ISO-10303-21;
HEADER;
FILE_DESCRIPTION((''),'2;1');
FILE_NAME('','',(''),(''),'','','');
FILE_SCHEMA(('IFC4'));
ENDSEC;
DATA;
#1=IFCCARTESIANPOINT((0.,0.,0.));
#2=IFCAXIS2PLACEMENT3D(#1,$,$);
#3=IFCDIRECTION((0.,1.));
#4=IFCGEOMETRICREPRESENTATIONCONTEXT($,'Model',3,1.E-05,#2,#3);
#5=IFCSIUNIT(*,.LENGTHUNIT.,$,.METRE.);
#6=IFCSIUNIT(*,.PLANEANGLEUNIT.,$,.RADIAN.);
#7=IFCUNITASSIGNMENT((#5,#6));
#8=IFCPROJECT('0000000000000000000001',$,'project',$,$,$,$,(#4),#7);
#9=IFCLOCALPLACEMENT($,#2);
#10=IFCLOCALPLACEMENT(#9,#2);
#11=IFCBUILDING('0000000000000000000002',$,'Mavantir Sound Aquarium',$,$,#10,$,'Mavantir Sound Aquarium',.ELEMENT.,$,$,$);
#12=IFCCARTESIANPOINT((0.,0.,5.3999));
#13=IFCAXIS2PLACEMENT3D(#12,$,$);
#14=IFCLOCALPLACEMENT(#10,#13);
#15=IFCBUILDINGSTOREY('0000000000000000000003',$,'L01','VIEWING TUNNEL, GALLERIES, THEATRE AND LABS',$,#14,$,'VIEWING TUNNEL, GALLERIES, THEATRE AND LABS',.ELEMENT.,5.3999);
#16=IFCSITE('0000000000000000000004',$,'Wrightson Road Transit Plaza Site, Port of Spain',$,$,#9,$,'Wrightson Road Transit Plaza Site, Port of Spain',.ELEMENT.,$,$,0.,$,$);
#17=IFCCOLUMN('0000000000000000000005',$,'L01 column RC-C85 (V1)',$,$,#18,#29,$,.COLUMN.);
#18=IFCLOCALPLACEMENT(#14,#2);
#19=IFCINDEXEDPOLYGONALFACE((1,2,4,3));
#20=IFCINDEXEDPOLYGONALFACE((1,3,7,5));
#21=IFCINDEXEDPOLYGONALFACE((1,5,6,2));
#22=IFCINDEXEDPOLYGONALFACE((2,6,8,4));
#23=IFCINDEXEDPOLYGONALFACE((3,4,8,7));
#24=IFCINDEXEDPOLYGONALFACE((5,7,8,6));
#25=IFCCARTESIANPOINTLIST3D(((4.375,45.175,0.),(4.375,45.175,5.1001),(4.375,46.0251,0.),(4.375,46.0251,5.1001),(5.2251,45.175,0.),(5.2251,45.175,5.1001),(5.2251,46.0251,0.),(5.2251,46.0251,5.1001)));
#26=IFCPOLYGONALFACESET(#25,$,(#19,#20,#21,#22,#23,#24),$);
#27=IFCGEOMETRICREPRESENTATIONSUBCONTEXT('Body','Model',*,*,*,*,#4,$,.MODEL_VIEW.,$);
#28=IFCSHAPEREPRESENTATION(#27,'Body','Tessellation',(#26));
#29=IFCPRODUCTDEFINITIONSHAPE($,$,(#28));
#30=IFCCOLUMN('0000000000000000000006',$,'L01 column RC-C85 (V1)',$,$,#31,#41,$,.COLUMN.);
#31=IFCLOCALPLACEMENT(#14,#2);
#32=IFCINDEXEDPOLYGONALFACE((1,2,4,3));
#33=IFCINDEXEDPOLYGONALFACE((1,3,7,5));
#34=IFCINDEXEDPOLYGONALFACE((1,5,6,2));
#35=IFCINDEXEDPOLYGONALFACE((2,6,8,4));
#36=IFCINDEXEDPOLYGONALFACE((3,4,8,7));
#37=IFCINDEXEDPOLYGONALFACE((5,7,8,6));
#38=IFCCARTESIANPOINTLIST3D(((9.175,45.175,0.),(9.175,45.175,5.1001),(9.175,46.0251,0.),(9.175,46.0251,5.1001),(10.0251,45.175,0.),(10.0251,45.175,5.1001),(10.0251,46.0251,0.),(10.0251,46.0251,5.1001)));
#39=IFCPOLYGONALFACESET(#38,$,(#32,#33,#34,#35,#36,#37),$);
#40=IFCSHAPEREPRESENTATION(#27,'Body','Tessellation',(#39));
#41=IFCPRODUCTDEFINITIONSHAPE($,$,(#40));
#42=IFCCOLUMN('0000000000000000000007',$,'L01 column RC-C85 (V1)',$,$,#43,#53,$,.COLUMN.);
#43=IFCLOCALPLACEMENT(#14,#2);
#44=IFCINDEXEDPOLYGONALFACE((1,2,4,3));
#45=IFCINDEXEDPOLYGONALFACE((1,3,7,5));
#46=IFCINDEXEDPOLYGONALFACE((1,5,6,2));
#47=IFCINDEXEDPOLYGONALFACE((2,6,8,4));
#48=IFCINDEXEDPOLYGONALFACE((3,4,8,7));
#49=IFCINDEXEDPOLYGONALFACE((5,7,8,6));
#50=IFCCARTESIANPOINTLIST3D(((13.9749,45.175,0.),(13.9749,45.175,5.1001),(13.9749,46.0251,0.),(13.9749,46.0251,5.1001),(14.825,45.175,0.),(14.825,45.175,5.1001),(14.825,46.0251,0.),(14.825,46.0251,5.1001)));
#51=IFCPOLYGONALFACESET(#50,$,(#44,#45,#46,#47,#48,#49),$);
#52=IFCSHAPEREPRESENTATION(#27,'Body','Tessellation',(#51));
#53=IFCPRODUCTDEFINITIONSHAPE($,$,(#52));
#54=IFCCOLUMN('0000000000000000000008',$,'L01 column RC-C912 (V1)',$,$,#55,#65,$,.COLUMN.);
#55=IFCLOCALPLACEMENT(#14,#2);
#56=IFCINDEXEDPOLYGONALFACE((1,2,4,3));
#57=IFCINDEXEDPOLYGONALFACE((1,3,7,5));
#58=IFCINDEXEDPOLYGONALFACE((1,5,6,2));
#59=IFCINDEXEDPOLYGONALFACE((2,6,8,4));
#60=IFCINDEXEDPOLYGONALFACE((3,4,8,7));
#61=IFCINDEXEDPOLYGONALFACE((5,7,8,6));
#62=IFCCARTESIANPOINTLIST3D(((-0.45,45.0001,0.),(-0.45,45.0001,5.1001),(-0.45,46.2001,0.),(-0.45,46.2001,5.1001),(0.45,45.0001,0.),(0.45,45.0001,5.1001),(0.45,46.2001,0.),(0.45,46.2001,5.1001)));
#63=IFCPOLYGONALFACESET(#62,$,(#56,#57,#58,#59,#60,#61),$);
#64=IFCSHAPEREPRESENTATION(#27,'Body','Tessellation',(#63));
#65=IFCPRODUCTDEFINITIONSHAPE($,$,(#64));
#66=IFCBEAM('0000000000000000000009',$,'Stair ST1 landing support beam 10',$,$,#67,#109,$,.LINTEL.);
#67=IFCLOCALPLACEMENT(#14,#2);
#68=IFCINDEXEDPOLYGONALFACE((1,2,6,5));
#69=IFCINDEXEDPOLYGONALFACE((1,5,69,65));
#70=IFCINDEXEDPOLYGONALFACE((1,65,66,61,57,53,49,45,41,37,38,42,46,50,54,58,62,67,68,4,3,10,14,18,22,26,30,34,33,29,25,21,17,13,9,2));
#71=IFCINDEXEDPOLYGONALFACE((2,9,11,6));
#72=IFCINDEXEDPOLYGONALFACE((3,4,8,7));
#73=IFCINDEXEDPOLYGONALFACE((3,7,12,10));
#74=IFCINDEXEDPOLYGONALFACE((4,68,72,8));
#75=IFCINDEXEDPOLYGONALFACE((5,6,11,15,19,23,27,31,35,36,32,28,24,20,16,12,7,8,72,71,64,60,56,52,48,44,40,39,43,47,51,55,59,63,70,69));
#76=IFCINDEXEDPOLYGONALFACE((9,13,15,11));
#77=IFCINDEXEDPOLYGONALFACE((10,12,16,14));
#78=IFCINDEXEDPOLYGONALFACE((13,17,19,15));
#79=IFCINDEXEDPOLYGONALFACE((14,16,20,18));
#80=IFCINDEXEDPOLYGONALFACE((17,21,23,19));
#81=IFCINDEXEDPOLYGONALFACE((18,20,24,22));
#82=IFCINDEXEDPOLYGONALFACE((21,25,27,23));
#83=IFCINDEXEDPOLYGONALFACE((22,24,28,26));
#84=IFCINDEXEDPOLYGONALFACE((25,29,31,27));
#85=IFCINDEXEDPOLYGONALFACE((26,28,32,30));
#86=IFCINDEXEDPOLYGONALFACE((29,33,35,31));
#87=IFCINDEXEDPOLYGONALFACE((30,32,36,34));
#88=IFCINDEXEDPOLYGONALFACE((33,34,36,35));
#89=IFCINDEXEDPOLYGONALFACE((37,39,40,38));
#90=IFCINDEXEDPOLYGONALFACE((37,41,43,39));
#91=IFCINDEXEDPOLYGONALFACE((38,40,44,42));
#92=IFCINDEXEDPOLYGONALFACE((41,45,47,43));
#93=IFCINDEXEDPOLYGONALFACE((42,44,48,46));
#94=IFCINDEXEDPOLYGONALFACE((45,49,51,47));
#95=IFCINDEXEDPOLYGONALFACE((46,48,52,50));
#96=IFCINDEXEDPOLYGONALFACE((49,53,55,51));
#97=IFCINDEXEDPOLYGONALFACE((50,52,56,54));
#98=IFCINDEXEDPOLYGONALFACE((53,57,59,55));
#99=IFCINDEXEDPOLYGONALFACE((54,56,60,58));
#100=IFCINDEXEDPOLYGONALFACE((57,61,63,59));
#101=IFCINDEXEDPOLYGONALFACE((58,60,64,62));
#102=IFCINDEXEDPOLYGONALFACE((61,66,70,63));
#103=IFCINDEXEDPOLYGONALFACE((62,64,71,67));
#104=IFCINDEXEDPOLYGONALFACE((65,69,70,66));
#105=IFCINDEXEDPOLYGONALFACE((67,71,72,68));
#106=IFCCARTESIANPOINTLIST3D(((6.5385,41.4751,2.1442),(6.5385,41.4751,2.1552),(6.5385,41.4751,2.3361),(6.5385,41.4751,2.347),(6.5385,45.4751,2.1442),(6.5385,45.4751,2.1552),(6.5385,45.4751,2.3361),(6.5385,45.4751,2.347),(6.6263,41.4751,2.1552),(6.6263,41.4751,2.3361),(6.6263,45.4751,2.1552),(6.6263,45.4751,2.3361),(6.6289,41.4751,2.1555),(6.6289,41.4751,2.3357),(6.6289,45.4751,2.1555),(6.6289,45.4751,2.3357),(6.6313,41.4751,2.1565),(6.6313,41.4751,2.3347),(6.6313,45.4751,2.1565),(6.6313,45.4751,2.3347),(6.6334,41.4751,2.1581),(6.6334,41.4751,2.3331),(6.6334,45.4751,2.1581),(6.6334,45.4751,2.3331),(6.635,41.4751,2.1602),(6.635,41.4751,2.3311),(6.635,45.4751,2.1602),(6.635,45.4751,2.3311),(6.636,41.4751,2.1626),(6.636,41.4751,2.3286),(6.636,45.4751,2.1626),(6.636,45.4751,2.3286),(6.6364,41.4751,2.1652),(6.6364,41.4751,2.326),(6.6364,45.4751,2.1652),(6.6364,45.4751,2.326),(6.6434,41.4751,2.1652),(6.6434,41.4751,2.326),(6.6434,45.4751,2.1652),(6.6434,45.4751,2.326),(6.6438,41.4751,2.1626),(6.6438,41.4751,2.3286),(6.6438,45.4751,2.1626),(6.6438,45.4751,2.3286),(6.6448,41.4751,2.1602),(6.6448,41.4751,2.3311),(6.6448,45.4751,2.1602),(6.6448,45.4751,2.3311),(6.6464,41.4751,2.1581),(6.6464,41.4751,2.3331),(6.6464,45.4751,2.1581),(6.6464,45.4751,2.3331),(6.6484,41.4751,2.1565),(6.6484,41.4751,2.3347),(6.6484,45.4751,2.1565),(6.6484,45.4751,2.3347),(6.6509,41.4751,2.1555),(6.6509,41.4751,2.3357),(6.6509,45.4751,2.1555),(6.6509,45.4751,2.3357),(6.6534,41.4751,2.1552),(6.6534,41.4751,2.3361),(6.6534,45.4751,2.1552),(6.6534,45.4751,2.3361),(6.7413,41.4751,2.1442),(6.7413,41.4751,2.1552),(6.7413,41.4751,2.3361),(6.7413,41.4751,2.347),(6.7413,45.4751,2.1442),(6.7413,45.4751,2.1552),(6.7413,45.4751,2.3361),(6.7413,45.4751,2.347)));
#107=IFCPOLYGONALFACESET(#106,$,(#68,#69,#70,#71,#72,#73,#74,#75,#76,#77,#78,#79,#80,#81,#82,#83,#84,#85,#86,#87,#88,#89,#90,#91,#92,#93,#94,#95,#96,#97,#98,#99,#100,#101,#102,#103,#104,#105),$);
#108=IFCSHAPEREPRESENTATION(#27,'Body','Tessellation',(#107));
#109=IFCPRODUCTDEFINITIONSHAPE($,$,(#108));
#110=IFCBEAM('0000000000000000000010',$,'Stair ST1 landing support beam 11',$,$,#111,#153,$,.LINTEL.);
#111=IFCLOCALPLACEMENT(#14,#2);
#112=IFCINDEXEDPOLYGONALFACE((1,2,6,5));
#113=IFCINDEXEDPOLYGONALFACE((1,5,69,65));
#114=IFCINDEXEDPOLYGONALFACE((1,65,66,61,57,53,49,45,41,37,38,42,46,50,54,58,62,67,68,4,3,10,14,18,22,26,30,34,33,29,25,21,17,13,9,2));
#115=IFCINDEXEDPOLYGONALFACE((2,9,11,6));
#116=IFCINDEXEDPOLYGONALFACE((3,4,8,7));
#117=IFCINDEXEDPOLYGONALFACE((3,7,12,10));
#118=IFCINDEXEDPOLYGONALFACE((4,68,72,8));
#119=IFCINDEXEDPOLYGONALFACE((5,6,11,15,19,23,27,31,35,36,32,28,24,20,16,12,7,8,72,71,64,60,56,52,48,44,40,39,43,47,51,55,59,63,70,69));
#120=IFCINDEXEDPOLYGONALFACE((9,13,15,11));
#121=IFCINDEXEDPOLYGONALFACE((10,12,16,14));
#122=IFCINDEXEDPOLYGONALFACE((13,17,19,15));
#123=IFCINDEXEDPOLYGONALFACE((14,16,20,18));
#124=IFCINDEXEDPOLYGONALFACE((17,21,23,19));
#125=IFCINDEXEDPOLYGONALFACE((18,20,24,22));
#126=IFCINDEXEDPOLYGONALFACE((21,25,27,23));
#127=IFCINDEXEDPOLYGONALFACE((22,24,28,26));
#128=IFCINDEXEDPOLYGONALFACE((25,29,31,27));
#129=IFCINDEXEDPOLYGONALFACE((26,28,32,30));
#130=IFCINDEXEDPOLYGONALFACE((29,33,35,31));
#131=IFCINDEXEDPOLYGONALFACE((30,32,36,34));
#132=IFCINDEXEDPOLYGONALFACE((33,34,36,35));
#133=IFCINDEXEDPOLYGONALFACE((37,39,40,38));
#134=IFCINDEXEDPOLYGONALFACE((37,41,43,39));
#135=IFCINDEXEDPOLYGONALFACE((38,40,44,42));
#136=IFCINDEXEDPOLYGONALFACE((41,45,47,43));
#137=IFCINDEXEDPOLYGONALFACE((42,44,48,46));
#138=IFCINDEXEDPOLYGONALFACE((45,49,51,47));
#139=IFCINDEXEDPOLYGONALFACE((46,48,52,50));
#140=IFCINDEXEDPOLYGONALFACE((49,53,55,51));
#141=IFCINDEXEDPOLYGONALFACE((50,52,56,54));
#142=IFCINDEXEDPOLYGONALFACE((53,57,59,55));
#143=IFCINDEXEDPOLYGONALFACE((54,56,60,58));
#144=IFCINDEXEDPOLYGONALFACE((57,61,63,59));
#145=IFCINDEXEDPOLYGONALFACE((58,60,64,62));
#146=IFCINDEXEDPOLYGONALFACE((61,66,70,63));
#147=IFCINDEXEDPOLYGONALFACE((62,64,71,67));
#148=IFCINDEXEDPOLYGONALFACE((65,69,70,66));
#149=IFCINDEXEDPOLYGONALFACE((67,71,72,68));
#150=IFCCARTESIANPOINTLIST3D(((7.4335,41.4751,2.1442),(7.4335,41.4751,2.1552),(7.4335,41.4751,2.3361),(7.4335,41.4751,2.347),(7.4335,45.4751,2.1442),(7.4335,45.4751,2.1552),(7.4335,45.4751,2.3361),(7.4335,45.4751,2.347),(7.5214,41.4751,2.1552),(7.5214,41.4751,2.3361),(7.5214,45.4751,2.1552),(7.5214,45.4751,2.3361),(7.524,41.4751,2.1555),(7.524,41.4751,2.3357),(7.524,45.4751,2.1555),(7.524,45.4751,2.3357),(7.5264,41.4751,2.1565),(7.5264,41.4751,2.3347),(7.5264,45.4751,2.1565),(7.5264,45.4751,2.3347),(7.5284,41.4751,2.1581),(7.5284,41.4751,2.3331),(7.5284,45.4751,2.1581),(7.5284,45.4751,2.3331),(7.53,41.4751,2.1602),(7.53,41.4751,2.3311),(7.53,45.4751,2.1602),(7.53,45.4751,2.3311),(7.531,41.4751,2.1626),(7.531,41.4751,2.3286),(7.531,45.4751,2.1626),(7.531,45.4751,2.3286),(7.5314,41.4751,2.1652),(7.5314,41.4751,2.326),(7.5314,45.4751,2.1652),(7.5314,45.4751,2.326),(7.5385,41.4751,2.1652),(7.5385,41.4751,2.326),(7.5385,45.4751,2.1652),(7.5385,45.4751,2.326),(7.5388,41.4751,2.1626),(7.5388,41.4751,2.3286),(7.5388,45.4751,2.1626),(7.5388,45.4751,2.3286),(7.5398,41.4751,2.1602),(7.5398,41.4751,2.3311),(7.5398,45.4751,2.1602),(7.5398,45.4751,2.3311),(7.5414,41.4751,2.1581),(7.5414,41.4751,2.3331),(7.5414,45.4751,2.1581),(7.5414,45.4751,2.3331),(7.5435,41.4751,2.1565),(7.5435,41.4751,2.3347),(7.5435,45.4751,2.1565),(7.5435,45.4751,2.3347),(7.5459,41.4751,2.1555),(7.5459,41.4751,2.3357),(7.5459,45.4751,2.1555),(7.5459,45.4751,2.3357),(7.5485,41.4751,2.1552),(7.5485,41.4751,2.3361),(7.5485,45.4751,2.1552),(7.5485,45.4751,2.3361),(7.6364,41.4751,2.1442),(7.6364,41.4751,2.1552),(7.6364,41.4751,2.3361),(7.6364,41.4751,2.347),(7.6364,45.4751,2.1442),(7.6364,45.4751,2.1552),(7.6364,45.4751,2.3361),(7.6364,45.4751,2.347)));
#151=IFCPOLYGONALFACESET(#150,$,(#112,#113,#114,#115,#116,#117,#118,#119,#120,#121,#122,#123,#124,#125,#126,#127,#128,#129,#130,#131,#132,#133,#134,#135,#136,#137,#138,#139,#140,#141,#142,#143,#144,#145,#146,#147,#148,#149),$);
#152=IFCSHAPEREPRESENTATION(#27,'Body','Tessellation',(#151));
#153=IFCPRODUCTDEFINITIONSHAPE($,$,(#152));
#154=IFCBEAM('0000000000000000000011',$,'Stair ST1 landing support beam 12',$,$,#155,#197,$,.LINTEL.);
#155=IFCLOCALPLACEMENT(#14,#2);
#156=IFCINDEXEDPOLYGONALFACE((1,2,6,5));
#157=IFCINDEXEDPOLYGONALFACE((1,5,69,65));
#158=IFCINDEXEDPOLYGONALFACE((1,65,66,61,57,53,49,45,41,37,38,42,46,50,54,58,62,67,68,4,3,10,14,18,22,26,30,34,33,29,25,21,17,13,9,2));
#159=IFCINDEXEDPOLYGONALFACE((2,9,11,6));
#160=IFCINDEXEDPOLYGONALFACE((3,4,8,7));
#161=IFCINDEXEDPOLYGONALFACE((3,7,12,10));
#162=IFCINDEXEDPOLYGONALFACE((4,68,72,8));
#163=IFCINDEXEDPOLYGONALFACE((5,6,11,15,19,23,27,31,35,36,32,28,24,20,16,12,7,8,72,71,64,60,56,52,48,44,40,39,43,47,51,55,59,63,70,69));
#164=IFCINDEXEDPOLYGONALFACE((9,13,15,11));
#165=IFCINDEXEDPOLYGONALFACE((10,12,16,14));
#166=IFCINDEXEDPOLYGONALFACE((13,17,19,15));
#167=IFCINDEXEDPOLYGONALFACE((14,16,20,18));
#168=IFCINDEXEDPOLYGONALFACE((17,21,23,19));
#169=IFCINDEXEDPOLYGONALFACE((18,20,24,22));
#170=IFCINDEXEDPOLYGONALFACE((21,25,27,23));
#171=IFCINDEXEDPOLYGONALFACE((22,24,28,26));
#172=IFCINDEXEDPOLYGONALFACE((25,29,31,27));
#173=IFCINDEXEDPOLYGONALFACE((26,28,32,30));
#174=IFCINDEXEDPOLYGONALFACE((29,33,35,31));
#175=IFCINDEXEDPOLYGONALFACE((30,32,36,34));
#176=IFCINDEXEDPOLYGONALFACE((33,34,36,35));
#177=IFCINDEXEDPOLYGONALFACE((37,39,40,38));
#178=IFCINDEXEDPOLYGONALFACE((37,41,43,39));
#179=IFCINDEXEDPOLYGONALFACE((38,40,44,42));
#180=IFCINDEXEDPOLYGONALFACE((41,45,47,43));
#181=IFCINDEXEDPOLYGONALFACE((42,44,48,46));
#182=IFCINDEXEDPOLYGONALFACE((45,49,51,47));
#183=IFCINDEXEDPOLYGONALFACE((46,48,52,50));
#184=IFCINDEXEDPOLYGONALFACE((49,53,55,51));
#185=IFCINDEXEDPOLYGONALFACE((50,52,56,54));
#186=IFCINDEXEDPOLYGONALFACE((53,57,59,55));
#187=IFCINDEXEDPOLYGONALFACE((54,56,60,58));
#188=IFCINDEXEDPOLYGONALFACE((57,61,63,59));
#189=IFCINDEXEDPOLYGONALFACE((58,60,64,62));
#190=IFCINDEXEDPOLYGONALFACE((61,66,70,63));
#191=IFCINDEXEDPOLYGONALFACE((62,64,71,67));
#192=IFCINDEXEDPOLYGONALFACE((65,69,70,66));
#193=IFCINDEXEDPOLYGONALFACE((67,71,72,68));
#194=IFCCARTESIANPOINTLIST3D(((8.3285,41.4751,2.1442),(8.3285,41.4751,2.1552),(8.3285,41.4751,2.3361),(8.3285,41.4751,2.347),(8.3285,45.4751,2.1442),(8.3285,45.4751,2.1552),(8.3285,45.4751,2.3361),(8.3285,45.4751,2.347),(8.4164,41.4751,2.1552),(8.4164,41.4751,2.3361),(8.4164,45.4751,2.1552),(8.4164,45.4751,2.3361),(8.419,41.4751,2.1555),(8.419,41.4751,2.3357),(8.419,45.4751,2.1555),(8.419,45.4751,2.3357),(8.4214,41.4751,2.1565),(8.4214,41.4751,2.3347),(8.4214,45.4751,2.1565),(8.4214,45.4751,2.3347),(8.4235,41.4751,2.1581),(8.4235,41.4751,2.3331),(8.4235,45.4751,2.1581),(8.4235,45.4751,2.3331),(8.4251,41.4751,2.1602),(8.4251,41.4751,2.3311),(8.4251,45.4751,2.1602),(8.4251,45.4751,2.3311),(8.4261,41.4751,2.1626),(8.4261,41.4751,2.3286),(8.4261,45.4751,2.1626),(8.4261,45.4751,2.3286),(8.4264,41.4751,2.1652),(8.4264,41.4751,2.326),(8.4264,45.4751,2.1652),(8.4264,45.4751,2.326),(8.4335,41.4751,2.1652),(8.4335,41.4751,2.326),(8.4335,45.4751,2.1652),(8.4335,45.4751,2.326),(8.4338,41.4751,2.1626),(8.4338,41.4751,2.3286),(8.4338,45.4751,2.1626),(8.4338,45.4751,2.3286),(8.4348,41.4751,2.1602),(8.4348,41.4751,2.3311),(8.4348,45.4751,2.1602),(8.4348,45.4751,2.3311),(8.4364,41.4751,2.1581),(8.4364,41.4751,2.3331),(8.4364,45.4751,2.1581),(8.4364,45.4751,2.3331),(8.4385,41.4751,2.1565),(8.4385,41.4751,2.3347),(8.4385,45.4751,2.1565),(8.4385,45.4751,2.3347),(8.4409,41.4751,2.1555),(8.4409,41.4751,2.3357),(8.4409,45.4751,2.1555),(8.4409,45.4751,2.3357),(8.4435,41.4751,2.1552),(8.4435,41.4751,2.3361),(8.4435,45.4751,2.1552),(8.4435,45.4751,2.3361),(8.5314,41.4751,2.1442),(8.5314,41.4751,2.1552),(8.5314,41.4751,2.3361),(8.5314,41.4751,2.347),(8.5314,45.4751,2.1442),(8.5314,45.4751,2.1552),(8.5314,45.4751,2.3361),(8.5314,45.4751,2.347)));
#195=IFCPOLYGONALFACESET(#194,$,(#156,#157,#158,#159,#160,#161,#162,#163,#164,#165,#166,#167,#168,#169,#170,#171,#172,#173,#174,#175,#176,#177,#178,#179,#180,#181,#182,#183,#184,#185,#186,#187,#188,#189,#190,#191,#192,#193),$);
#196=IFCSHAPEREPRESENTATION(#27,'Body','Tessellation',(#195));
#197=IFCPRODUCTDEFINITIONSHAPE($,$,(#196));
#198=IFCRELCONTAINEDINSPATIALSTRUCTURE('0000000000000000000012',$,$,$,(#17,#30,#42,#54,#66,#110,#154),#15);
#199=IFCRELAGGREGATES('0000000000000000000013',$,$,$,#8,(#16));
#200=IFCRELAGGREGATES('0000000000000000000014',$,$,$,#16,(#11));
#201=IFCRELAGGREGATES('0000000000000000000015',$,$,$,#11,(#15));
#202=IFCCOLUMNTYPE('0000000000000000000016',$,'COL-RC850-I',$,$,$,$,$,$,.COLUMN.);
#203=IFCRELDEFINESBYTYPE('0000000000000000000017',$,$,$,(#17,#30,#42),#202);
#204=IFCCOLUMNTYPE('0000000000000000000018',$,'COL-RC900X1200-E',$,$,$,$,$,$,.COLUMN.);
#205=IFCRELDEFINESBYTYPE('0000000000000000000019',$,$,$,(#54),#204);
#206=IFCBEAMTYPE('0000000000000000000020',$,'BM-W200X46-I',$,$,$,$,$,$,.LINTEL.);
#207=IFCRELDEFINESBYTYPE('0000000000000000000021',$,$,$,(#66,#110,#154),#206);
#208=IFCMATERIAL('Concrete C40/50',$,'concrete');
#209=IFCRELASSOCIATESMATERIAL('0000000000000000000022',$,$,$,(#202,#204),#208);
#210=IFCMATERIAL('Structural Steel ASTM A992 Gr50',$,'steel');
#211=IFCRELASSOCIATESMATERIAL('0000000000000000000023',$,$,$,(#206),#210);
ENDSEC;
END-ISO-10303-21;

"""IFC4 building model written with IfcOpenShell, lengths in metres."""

from ifc_helpers import new_model, si_unit, direction, frame, origin, origin_2d, place, context, subcontext, project, spatial, rectangle, i_section, extrude, material, material_profile, profile_set, type_object, element, save


model = new_model("IFC4")

# Units and contexts
model_context = context("Model", 3, precision=1e-05, world=origin(), true_north=direction((0.0, 1.0)))
body_context = subcontext(model_context, "Body", "Model", "MODEL_VIEW")
ifc_project = project(units=[si_unit("LENGTHUNIT", "METRE"), si_unit("PLANEANGLEUNIT", "RADIAN")], contexts=[model_context])

# Site, building, storey
site_placement = place(None, origin())
site = spatial("IfcSite", under=ifc_project, at=site_placement, Name="Wrightson Road Transit Plaza Site, Port of Spain", LongName="Wrightson Road Transit Plaza Site, Port of Spain", CompositionType="ELEMENT", RefElevation=0.0)
building_placement = place(site_placement, origin())
building = spatial("IfcBuilding", under=site, at=building_placement, Name="Mavantir Sound Aquarium", LongName="Mavantir Sound Aquarium", CompositionType="ELEMENT")
storey_placement = place(building_placement, frame((0.0, 0.0, 5.3999)))
storey = spatial("IfcBuildingStorey", under=building, at=storey_placement, Name="L01", Description="VIEWING TUNNEL, GALLERIES, THEATRE AND LABS", LongName="VIEWING TUNNEL, GALLERIES, THEATRE AND LABS", CompositionType="ELEMENT", Elevation=5.3999)

# Columns
ifc_material_1 = material(Name="Concrete C40/50", Category="concrete")
ifc_material_profile_1 = material_profile(ifc_material_1, rectangle(XDim=0.8501, YDim=0.8501, at=origin_2d()), Name="RC 850X850")
ifc_profile_set_1 = profile_set([ifc_material_profile_1], Name="Concrete C40/50")
column_type_1 = type_object("IfcColumnType", Name="COL-RC850-I", PredefinedType="COLUMN", material=ifc_profile_set_1)
for number, where, z_axis, x_axis, name in (
    (1, (4.8, 45.6001, 0.0), (0.0, 0.0, 1.0), (1.0, 0.0, 0.0), "L01 column RC-C85 (V1)"),
    (2, (9.6001, 45.6001, 0.0), (0.0, 0.0, 1.0), (1.0, 0.0, 0.0), "L01 column RC-C85 (V1)"),
    (3, (14.3999, 45.6001, 0.0), (0.0, 0.0, 1.0), (1.0, 0.0, 0.0), "L01 column RC-C85 (V1)"),
):
    element("IfcColumn", number, at=place(storey_placement, frame(where, z_axis=z_axis, x_axis=x_axis)), inside=storey, type_object=column_type_1, Name=name, PredefinedType="COLUMN", context=body_context, shape_type="SweptSolid", body=[
        extrude(rectangle(XDim=0.8501, YDim=0.8501, at=origin_2d()), origin(), (0.0, 0.0, 1.0), 5.1001),
    ])
ifc_material_profile_2 = material_profile(ifc_material_1, rectangle(XDim=0.8999, YDim=1.2, at=origin_2d()), Name="RC 900X1200")
ifc_profile_set_2 = profile_set([ifc_material_profile_2], Name="Concrete C40/50")
column_type_2 = type_object("IfcColumnType", Name="COL-RC900X1200-E", PredefinedType="COLUMN", material=ifc_profile_set_2)
column_placement = place(storey_placement, frame((0.0, 45.6001, 0.0), z_axis=(0.0, 0.0, 1.0), x_axis=(1.0, 0.0, 0.0)))
element("IfcColumn", 4, at=column_placement, inside=storey, type_object=column_type_2, Name="L01 column RC-C912 (V1)", PredefinedType="COLUMN", context=body_context, shape_type="SweptSolid", body=[
    extrude(rectangle(XDim=0.8999, YDim=1.2, at=origin_2d()), origin(), (0.0, 0.0, 1.0), 5.1001),
])

# Beams
ifc_material_2 = material(Name="Structural Steel ASTM A992 Gr50", Category="steel")
ifc_material_profile_3 = material_profile(ifc_material_2, i_section(OverallWidth=0.2029, OverallDepth=0.2029, WebThickness=0.0071, FlangeThickness=0.011, FilletRadius=0.01, at=origin_2d()), Name="W200X46")
ifc_profile_set_3 = profile_set([ifc_material_profile_3], Name="Structural Steel ASTM A992 Gr50")
beam_type_1 = type_object("IfcBeamType", Name="BM-W200X46-I", PredefinedType="LINTEL", material=ifc_profile_set_3)
for number, where, z_axis, x_axis, name in (
    (5, (6.6399, 41.4751, 2.2456), (0.0, 1.0, 0.0), (-1.0, 0.0, 0.0), "Stair ST1 landing support beam 10"),
    (6, (7.5349, 41.4751, 2.2456), (0.0, 1.0, 0.0), (-1.0, 0.0, 0.0), "Stair ST1 landing support beam 11"),
    (7, (8.4299, 41.4751, 2.2456), (0.0, 1.0, 0.0), (-1.0, 0.0, 0.0), "Stair ST1 landing support beam 12"),
):
    element("IfcBeam", number, at=place(storey_placement, frame(where, z_axis=z_axis, x_axis=x_axis)), inside=storey, type_object=beam_type_1, Name=name, PredefinedType="LINTEL", context=body_context, shape_type="SweptSolid", body=[
        extrude(i_section(OverallWidth=0.2029, OverallDepth=0.2029, WebThickness=0.0071, FlangeThickness=0.011, FilletRadius=0.01, at=origin_2d()), origin(), (0.0, 0.0, 1.0), 4.0),
    ])

save(model, "model.ifc")
